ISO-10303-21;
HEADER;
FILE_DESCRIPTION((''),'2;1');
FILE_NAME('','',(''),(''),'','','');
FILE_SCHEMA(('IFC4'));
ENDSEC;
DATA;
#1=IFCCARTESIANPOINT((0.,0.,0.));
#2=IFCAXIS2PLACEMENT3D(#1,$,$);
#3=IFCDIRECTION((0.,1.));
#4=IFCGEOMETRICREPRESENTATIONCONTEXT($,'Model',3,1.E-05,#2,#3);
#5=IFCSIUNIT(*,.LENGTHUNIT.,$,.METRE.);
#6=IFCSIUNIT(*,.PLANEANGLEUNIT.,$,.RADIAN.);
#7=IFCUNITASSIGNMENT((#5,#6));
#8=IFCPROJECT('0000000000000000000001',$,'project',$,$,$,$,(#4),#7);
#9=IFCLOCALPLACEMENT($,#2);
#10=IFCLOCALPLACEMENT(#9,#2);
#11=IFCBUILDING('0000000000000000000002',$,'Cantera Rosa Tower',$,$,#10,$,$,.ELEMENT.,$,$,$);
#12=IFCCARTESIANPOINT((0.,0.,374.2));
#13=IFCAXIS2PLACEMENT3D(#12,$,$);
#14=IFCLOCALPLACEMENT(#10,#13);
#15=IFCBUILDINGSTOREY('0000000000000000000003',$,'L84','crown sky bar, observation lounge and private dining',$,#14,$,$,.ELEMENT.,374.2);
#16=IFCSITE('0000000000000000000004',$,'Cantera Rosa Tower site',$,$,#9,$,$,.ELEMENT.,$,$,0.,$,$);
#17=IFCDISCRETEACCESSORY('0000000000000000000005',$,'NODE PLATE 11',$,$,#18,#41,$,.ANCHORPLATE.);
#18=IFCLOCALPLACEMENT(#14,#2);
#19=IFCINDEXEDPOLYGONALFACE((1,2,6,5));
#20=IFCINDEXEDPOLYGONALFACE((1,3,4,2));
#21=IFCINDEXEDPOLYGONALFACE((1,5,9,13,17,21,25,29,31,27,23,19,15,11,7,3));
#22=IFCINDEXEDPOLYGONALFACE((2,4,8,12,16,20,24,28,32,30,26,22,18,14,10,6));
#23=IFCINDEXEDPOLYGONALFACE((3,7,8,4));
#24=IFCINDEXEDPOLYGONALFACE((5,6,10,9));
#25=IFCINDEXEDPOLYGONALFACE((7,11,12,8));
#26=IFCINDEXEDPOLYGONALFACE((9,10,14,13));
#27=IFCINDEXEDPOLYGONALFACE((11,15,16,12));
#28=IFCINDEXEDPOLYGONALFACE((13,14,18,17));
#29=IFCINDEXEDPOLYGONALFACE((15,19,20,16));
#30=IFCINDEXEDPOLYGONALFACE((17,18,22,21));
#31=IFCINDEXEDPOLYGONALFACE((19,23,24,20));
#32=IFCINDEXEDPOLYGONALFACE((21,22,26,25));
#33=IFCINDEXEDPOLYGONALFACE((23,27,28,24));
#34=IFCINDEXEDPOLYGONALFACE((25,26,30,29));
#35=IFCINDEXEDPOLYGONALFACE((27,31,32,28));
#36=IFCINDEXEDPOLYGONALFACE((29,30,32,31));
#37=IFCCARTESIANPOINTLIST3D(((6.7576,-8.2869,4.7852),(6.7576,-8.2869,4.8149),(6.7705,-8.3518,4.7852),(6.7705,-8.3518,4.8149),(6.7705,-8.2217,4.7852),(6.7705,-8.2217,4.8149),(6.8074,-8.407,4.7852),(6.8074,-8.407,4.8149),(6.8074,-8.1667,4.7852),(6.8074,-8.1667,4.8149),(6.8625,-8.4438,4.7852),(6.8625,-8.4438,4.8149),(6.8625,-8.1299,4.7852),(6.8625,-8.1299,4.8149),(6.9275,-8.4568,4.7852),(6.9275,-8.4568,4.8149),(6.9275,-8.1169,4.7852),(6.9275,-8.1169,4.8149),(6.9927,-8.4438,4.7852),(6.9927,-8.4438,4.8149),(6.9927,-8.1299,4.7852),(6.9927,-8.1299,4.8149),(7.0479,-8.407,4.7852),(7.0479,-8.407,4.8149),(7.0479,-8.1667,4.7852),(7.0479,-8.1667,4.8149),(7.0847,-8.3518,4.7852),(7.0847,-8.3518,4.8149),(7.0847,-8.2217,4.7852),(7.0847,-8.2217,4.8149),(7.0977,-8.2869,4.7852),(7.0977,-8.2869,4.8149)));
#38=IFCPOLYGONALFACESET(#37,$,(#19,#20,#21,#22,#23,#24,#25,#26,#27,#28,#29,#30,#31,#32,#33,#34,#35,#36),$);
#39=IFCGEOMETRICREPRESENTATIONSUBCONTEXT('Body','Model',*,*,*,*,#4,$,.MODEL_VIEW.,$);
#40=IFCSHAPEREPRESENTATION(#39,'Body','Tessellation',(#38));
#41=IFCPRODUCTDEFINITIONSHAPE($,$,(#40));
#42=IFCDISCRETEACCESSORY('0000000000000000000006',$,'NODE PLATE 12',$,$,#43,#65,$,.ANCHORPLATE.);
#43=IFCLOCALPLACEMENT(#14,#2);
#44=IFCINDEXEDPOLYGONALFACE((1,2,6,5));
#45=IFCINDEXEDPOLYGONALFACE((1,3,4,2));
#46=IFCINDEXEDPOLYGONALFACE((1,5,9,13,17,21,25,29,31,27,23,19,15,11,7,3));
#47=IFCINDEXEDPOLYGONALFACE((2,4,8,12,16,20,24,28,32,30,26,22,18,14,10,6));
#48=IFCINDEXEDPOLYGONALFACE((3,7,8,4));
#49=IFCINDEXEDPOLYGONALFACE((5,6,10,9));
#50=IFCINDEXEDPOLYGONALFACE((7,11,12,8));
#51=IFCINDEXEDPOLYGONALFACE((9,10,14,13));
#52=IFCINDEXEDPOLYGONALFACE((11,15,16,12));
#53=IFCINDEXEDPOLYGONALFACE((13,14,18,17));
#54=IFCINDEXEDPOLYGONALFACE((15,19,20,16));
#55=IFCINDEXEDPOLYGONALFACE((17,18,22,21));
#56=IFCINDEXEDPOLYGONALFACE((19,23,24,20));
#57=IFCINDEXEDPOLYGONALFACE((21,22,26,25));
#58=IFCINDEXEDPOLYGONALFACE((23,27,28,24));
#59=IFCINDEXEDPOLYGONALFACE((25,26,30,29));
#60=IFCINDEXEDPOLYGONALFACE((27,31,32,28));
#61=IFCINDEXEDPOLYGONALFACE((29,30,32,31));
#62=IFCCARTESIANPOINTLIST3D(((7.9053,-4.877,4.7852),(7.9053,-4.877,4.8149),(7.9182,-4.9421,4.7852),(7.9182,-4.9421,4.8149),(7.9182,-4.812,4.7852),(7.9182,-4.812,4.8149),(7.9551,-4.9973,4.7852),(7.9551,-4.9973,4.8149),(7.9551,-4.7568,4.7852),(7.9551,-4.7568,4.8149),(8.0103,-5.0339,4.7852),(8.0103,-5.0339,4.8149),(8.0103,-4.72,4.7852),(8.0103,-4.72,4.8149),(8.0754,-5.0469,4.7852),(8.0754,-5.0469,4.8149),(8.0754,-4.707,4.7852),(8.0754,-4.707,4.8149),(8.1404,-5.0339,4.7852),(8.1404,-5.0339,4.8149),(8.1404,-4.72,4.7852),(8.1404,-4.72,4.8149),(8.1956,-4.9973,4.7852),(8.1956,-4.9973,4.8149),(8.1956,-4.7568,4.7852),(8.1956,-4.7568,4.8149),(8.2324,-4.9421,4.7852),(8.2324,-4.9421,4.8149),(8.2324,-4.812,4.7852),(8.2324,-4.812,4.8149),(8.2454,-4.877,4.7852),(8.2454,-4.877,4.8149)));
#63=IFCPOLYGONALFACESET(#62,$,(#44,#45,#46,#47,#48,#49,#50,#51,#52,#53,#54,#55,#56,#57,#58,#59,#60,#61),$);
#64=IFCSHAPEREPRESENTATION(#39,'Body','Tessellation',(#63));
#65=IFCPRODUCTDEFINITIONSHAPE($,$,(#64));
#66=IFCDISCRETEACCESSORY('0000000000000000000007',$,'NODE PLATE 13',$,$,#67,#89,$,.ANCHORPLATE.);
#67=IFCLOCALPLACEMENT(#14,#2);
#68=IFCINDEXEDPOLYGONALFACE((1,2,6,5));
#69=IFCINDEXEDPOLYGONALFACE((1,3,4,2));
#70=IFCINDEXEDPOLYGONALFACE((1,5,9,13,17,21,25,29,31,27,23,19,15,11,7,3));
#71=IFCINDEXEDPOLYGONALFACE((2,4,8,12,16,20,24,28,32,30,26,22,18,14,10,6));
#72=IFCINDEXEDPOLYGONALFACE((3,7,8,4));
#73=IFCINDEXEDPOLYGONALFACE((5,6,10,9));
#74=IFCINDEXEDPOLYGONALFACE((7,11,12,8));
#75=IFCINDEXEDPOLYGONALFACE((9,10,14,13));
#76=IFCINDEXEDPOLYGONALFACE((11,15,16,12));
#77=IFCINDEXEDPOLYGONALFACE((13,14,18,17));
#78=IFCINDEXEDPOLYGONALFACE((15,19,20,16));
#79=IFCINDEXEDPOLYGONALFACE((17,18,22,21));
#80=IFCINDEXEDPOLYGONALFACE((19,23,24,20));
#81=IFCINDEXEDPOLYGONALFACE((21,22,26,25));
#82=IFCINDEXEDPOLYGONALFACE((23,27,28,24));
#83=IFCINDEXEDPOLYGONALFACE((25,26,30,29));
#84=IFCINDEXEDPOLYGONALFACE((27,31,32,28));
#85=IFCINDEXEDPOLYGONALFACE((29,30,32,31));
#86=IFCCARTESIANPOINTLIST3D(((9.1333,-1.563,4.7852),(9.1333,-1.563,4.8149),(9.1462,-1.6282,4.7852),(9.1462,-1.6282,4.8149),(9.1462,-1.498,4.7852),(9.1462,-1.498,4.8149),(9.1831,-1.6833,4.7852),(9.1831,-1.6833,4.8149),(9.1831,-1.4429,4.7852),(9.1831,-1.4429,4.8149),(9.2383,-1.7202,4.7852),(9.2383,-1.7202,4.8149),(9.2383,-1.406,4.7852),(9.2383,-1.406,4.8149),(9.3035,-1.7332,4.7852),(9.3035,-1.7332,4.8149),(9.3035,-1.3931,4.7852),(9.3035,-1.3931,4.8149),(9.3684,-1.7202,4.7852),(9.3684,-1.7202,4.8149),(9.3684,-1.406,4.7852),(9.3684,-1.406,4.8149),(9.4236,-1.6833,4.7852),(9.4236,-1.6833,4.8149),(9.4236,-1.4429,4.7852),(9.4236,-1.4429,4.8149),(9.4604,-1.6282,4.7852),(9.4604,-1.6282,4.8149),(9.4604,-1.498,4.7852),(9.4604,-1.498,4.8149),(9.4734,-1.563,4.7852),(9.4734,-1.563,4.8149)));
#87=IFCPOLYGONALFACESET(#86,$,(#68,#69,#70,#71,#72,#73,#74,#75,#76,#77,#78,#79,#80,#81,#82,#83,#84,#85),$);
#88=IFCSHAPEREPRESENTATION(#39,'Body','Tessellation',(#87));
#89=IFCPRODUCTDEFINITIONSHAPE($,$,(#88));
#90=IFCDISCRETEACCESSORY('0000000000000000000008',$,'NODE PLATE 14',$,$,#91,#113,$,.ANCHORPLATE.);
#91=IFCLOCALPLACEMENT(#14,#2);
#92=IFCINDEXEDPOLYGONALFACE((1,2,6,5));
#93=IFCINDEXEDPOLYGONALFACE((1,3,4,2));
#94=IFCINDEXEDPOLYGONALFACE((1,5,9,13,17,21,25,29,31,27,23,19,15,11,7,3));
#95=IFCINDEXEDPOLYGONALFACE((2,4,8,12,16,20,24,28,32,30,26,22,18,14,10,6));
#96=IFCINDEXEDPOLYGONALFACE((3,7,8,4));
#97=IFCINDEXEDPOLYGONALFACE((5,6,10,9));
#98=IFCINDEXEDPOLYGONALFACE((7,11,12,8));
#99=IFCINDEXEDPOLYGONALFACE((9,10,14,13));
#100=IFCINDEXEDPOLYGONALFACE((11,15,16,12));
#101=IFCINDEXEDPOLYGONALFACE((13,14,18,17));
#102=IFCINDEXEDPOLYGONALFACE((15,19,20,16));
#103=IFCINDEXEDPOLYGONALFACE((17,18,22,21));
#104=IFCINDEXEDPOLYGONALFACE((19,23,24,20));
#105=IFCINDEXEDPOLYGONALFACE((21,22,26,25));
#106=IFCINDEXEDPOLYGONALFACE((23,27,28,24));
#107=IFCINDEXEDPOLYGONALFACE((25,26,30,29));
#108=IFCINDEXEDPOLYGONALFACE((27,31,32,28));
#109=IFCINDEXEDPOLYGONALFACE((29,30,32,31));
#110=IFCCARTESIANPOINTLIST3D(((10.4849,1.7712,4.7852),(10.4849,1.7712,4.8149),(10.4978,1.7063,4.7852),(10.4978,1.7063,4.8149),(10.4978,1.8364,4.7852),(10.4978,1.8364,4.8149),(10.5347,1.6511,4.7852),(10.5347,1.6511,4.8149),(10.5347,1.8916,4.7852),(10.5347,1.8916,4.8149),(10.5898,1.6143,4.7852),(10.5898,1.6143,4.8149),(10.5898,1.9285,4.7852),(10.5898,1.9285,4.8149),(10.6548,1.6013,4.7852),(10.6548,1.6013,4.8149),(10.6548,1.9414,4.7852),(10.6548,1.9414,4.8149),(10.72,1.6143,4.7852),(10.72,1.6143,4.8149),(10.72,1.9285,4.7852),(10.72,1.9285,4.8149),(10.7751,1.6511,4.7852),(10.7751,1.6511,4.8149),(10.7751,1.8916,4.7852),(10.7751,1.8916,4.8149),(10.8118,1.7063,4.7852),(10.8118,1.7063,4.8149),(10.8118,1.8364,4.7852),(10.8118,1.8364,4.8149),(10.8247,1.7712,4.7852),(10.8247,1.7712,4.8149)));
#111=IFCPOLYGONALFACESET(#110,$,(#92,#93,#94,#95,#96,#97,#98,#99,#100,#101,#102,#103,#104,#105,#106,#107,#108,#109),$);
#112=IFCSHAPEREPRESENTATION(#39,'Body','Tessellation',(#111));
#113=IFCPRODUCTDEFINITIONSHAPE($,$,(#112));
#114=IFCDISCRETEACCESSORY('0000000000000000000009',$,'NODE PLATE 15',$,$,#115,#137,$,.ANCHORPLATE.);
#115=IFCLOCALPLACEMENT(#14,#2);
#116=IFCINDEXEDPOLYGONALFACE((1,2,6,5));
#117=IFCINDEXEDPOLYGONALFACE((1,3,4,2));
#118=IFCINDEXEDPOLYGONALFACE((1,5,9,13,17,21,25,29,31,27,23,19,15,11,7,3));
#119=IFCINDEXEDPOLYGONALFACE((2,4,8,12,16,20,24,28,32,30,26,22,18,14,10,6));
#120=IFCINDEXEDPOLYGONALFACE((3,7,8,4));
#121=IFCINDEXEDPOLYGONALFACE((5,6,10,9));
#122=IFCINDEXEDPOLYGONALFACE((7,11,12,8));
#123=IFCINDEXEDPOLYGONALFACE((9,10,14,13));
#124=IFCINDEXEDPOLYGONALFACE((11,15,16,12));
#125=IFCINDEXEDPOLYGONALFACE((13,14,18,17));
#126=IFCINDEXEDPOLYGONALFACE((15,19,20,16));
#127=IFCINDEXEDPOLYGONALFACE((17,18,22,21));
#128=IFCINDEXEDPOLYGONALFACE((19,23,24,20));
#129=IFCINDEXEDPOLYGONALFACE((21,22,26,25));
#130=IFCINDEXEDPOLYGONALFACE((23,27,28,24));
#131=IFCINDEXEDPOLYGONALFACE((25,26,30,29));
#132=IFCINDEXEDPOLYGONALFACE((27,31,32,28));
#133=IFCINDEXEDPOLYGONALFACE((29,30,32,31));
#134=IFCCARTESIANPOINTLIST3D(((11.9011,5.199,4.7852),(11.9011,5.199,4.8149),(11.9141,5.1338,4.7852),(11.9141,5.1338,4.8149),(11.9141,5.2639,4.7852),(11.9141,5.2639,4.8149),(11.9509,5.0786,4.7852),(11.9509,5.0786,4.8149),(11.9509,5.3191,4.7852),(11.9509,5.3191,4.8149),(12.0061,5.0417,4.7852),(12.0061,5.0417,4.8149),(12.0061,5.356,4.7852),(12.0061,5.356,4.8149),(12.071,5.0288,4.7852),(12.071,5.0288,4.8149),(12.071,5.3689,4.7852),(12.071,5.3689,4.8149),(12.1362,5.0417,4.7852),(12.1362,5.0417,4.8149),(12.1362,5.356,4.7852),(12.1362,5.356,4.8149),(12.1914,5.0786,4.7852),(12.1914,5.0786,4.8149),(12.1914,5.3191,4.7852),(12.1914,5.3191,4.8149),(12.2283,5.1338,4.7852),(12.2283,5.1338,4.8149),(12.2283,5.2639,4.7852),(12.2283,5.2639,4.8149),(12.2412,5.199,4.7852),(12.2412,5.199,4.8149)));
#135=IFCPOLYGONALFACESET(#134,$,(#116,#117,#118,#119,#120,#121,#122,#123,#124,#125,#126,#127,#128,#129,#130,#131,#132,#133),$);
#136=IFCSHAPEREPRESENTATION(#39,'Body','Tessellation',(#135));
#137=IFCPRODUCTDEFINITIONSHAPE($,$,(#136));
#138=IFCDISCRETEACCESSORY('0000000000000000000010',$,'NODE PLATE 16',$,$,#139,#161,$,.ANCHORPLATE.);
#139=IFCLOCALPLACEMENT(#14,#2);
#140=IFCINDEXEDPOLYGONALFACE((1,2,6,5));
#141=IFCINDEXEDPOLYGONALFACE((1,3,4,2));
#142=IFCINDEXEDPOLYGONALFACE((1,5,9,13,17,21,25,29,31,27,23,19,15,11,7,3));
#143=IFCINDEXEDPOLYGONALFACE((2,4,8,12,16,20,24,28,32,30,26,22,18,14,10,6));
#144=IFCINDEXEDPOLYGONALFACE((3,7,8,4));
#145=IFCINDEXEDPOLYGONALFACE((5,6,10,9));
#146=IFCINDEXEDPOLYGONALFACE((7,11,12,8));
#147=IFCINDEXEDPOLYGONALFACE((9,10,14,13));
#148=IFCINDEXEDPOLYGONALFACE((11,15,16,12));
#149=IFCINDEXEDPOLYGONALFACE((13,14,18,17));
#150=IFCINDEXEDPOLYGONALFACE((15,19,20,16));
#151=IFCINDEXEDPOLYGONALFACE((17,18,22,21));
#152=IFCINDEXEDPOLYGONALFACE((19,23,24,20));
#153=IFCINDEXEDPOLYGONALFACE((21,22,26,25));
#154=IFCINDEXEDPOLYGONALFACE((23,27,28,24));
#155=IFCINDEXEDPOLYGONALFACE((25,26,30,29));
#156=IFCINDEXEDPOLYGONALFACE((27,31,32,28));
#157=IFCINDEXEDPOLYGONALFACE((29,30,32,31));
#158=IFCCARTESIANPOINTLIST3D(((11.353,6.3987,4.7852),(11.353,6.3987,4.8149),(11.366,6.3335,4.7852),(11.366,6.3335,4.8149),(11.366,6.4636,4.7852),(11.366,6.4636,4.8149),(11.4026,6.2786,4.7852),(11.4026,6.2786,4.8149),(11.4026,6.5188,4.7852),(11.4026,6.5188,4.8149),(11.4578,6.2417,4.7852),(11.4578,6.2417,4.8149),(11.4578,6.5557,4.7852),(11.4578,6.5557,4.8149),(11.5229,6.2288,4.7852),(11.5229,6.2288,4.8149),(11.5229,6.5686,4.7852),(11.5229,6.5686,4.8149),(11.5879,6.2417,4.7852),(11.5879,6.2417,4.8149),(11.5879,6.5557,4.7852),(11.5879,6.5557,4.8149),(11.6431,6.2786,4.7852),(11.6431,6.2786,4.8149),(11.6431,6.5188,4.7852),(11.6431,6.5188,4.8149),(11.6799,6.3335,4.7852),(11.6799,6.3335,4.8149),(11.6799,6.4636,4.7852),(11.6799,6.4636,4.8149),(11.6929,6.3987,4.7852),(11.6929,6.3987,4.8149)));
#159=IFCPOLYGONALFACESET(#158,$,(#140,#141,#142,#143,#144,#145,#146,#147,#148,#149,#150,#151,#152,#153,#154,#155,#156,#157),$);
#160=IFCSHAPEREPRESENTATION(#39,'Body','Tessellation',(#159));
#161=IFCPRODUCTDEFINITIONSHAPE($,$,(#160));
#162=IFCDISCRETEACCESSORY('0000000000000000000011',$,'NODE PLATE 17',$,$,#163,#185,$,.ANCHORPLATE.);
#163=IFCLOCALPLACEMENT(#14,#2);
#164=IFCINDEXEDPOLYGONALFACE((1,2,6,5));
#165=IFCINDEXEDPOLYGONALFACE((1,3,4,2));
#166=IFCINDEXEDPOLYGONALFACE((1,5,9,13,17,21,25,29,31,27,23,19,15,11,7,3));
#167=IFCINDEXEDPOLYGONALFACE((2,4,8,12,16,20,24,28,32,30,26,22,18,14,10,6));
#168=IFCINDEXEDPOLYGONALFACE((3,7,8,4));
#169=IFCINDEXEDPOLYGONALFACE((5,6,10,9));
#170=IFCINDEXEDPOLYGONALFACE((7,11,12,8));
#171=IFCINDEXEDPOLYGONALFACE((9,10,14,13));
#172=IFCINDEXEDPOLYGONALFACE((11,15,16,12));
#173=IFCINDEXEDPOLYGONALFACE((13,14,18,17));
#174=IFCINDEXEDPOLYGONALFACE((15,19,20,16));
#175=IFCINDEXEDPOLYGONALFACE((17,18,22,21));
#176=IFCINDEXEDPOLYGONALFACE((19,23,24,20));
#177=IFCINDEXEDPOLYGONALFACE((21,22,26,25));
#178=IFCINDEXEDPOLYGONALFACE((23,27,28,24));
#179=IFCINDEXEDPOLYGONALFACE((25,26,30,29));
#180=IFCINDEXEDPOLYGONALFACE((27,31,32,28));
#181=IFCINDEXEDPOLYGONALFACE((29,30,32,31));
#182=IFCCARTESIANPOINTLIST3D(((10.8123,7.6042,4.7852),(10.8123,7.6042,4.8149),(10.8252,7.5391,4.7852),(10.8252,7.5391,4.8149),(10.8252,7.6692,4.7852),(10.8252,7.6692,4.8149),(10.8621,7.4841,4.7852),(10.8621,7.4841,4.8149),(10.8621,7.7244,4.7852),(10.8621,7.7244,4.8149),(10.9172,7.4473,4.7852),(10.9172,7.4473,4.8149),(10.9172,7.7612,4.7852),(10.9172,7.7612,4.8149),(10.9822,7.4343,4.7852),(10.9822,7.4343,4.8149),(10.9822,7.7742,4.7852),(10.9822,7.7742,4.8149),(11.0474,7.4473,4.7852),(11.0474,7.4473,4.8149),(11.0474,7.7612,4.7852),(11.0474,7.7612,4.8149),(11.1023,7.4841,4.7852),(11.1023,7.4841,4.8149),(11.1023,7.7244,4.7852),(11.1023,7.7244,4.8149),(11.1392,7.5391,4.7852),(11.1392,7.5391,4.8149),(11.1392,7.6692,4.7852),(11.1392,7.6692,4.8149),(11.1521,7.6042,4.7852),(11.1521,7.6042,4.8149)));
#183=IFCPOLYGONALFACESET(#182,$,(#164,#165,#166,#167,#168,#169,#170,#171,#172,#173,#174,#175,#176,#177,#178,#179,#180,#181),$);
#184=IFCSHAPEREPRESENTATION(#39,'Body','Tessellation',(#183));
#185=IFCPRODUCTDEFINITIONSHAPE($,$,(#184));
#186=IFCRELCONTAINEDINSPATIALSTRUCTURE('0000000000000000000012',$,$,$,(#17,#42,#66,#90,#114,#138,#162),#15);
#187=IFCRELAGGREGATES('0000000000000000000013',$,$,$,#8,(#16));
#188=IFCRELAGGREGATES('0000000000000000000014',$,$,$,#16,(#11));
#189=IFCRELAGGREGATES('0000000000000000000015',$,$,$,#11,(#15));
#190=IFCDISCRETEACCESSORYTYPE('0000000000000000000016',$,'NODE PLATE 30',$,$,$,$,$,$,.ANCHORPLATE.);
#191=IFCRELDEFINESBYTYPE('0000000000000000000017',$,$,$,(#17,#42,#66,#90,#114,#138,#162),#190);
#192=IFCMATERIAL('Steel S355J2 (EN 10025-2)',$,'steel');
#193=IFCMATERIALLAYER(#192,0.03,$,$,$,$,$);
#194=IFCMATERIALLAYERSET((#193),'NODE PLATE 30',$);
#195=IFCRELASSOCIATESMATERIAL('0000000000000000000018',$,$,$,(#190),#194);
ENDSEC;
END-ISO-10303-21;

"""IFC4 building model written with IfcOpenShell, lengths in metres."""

from ifc_helpers import new_model, si_unit, direction, frame, origin, place, context, subcontext, project, spatial, polyline, outline, extrude, material, layer, layer_set, type_object, element, save


model = new_model("IFC4")

# Units and contexts
model_context = context("Model", 3, precision=1e-05, world=origin(), true_north=direction((0.0, 1.0)))
body_context = subcontext(model_context, "Body", "Model", "MODEL_VIEW")
ifc_project = project(units=[si_unit("LENGTHUNIT", "METRE"), si_unit("PLANEANGLEUNIT", "RADIAN")], contexts=[model_context])

# Site, building, storey
site_placement = place(None, origin())
site = spatial("IfcSite", under=ifc_project, at=site_placement, Name="Cantera Rosa Tower site", CompositionType="ELEMENT", RefElevation=0.0)
building_placement = place(site_placement, origin())
building = spatial("IfcBuilding", under=site, at=building_placement, Name="Cantera Rosa Tower", CompositionType="ELEMENT")
storey_placement = place(building_placement, frame((0.0, 0.0, 374.2)))
storey = spatial("IfcBuildingStorey", under=building, at=storey_placement, Name="L84", Description="crown sky bar, observation lounge and private dining", CompositionType="ELEMENT", Elevation=374.2)

# Shared definitions
ifc_material_1 = material(Name="Steel S355J2 (EN 10025-2)", Category="steel")
ifc_layer_1 = layer(ifc_material_1, 0.03)
ifc_layer_set_1 = layer_set([ifc_layer_1], Name="NODE PLATE 30")
discrete_accessory_type = type_object("IfcDiscreteAccessoryType", Name="NODE PLATE 30", PredefinedType="ANCHORPLATE", material=ifc_layer_set_1)

# Discrete accessories
discrete_accessory_1_placement = place(storey_placement, frame((0.0, 0.0, 4.7852)))
element("IfcDiscreteAccessory", 1, at=discrete_accessory_1_placement, inside=storey, type_object=discrete_accessory_type, Name="NODE PLATE 11", PredefinedType="ANCHORPLATE", context=body_context, shape_type="SweptSolid", body=[
    extrude(outline(polyline([(7.0977, -8.2869), (7.0847, -8.2217), (7.0479, -8.1667), (6.9927, -8.1299), (6.9275, -8.1169), (6.8625, -8.1299), (6.8074, -8.1667), (6.7705, -8.2217), (6.7576, -8.2869), (6.7705, -8.3518), (6.8074, -8.407), (6.8625, -8.4438), (6.9275, -8.4568), (6.9927, -8.4438), (7.0479, -8.407), (7.0847, -8.3518), (7.0977, -8.2869)])), origin(), (0.0, 0.0, 1.0), 0.0298),
])
discrete_accessory_2_placement = place(storey_placement, frame((0.0, 0.0, 4.7852)))
element("IfcDiscreteAccessory", 2, at=discrete_accessory_2_placement, inside=storey, type_object=discrete_accessory_type, Name="NODE PLATE 12", PredefinedType="ANCHORPLATE", context=body_context, shape_type="SweptSolid", body=[
    extrude(outline(polyline([(8.2454, -4.877), (8.2324, -4.812), (8.1956, -4.7568), (8.1404, -4.72), (8.0754, -4.707), (8.0103, -4.72), (7.9551, -4.7568), (7.9182, -4.812), (7.9053, -4.877), (7.9182, -4.9421), (7.9551, -4.9973), (8.0103, -5.0339), (8.0754, -5.0469), (8.1404, -5.0339), (8.1956, -4.9973), (8.2324, -4.9421), (8.2454, -4.877)])), origin(), (0.0, 0.0, 1.0), 0.0298),
])
discrete_accessory_3_placement = place(storey_placement, frame((0.0, 0.0, 4.7852)))
element("IfcDiscreteAccessory", 3, at=discrete_accessory_3_placement, inside=storey, type_object=discrete_accessory_type, Name="NODE PLATE 13", PredefinedType="ANCHORPLATE", context=body_context, shape_type="SweptSolid", body=[
    extrude(outline(polyline([(9.4734, -1.563), (9.4604, -1.498), (9.4236, -1.4429), (9.3684, -1.406), (9.3035, -1.3931), (9.2383, -1.406), (9.1831, -1.4429), (9.1462, -1.498), (9.1333, -1.563), (9.1462, -1.6282), (9.1831, -1.6833), (9.2383, -1.7202), (9.3035, -1.7332), (9.3684, -1.7202), (9.4236, -1.6833), (9.4604, -1.6282), (9.4734, -1.563)])), origin(), (0.0, 0.0, 1.0), 0.0298),
])
discrete_accessory_4_placement = place(storey_placement, frame((0.0, 0.0, 4.7852)))
element("IfcDiscreteAccessory", 4, at=discrete_accessory_4_placement, inside=storey, type_object=discrete_accessory_type, Name="NODE PLATE 14", PredefinedType="ANCHORPLATE", context=body_context, shape_type="SweptSolid", body=[
    extrude(outline(polyline([(10.8247, 1.7712), (10.8118, 1.8364), (10.7751, 1.8916), (10.72, 1.9285), (10.6548, 1.9414), (10.5898, 1.9285), (10.5347, 1.8916), (10.4978, 1.8364), (10.4849, 1.7712), (10.4978, 1.7063), (10.5347, 1.6511), (10.5898, 1.6143), (10.6548, 1.6013), (10.72, 1.6143), (10.7751, 1.6511), (10.8118, 1.7063), (10.8247, 1.7712)])), origin(), (0.0, 0.0, 1.0), 0.0298),
])
discrete_accessory_5_placement = place(storey_placement, frame((0.0, 0.0, 4.7852)))
element("IfcDiscreteAccessory", 5, at=discrete_accessory_5_placement, inside=storey, type_object=discrete_accessory_type, Name="NODE PLATE 15", PredefinedType="ANCHORPLATE", context=body_context, shape_type="SweptSolid", body=[
    extrude(outline(polyline([(12.2412, 5.199), (12.2283, 5.2639), (12.1914, 5.3191), (12.1362, 5.356), (12.071, 5.3689), (12.0061, 5.356), (11.9509, 5.3191), (11.9141, 5.2639), (11.9011, 5.199), (11.9141, 5.1338), (11.9509, 5.0786), (12.0061, 5.0417), (12.071, 5.0288), (12.1362, 5.0417), (12.1914, 5.0786), (12.2283, 5.1338), (12.2412, 5.199)])), origin(), (0.0, 0.0, 1.0), 0.0298),
])
discrete_accessory_6_placement = place(storey_placement, frame((0.0, 0.0, 4.7852)))
element("IfcDiscreteAccessory", 6, at=discrete_accessory_6_placement, inside=storey, type_object=discrete_accessory_type, Name="NODE PLATE 16", PredefinedType="ANCHORPLATE", context=body_context, shape_type="SweptSolid", body=[
    extrude(outline(polyline([(11.6929, 6.3987), (11.6799, 6.4636), (11.6431, 6.5188), (11.5879, 6.5557), (11.5229, 6.5686), (11.4578, 6.5557), (11.4026, 6.5188), (11.366, 6.4636), (11.353, 6.3987), (11.366, 6.3335), (11.4026, 6.2786), (11.4578, 6.2417), (11.5229, 6.2288), (11.5879, 6.2417), (11.6431, 6.2786), (11.6799, 6.3335), (11.6929, 6.3987)])), origin(), (0.0, 0.0, 1.0), 0.0298),
])
discrete_accessory_7_placement = place(storey_placement, frame((0.0, 0.0, 4.7852)))
element("IfcDiscreteAccessory", 7, at=discrete_accessory_7_placement, inside=storey, type_object=discrete_accessory_type, Name="NODE PLATE 17", PredefinedType="ANCHORPLATE", context=body_context, shape_type="SweptSolid", body=[
    extrude(outline(polyline([(11.1521, 7.6042), (11.1392, 7.6692), (11.1023, 7.7244), (11.0474, 7.7612), (10.9822, 7.7742), (10.9172, 7.7612), (10.8621, 7.7244), (10.8252, 7.6692), (10.8123, 7.6042), (10.8252, 7.5391), (10.8621, 7.4841), (10.9172, 7.4473), (10.9822, 7.4343), (11.0474, 7.4473), (11.1023, 7.4841), (11.1392, 7.5391), (11.1521, 7.6042)])), origin(), (0.0, 0.0, 1.0), 0.0298),
])

save(model, "model.ifc")
